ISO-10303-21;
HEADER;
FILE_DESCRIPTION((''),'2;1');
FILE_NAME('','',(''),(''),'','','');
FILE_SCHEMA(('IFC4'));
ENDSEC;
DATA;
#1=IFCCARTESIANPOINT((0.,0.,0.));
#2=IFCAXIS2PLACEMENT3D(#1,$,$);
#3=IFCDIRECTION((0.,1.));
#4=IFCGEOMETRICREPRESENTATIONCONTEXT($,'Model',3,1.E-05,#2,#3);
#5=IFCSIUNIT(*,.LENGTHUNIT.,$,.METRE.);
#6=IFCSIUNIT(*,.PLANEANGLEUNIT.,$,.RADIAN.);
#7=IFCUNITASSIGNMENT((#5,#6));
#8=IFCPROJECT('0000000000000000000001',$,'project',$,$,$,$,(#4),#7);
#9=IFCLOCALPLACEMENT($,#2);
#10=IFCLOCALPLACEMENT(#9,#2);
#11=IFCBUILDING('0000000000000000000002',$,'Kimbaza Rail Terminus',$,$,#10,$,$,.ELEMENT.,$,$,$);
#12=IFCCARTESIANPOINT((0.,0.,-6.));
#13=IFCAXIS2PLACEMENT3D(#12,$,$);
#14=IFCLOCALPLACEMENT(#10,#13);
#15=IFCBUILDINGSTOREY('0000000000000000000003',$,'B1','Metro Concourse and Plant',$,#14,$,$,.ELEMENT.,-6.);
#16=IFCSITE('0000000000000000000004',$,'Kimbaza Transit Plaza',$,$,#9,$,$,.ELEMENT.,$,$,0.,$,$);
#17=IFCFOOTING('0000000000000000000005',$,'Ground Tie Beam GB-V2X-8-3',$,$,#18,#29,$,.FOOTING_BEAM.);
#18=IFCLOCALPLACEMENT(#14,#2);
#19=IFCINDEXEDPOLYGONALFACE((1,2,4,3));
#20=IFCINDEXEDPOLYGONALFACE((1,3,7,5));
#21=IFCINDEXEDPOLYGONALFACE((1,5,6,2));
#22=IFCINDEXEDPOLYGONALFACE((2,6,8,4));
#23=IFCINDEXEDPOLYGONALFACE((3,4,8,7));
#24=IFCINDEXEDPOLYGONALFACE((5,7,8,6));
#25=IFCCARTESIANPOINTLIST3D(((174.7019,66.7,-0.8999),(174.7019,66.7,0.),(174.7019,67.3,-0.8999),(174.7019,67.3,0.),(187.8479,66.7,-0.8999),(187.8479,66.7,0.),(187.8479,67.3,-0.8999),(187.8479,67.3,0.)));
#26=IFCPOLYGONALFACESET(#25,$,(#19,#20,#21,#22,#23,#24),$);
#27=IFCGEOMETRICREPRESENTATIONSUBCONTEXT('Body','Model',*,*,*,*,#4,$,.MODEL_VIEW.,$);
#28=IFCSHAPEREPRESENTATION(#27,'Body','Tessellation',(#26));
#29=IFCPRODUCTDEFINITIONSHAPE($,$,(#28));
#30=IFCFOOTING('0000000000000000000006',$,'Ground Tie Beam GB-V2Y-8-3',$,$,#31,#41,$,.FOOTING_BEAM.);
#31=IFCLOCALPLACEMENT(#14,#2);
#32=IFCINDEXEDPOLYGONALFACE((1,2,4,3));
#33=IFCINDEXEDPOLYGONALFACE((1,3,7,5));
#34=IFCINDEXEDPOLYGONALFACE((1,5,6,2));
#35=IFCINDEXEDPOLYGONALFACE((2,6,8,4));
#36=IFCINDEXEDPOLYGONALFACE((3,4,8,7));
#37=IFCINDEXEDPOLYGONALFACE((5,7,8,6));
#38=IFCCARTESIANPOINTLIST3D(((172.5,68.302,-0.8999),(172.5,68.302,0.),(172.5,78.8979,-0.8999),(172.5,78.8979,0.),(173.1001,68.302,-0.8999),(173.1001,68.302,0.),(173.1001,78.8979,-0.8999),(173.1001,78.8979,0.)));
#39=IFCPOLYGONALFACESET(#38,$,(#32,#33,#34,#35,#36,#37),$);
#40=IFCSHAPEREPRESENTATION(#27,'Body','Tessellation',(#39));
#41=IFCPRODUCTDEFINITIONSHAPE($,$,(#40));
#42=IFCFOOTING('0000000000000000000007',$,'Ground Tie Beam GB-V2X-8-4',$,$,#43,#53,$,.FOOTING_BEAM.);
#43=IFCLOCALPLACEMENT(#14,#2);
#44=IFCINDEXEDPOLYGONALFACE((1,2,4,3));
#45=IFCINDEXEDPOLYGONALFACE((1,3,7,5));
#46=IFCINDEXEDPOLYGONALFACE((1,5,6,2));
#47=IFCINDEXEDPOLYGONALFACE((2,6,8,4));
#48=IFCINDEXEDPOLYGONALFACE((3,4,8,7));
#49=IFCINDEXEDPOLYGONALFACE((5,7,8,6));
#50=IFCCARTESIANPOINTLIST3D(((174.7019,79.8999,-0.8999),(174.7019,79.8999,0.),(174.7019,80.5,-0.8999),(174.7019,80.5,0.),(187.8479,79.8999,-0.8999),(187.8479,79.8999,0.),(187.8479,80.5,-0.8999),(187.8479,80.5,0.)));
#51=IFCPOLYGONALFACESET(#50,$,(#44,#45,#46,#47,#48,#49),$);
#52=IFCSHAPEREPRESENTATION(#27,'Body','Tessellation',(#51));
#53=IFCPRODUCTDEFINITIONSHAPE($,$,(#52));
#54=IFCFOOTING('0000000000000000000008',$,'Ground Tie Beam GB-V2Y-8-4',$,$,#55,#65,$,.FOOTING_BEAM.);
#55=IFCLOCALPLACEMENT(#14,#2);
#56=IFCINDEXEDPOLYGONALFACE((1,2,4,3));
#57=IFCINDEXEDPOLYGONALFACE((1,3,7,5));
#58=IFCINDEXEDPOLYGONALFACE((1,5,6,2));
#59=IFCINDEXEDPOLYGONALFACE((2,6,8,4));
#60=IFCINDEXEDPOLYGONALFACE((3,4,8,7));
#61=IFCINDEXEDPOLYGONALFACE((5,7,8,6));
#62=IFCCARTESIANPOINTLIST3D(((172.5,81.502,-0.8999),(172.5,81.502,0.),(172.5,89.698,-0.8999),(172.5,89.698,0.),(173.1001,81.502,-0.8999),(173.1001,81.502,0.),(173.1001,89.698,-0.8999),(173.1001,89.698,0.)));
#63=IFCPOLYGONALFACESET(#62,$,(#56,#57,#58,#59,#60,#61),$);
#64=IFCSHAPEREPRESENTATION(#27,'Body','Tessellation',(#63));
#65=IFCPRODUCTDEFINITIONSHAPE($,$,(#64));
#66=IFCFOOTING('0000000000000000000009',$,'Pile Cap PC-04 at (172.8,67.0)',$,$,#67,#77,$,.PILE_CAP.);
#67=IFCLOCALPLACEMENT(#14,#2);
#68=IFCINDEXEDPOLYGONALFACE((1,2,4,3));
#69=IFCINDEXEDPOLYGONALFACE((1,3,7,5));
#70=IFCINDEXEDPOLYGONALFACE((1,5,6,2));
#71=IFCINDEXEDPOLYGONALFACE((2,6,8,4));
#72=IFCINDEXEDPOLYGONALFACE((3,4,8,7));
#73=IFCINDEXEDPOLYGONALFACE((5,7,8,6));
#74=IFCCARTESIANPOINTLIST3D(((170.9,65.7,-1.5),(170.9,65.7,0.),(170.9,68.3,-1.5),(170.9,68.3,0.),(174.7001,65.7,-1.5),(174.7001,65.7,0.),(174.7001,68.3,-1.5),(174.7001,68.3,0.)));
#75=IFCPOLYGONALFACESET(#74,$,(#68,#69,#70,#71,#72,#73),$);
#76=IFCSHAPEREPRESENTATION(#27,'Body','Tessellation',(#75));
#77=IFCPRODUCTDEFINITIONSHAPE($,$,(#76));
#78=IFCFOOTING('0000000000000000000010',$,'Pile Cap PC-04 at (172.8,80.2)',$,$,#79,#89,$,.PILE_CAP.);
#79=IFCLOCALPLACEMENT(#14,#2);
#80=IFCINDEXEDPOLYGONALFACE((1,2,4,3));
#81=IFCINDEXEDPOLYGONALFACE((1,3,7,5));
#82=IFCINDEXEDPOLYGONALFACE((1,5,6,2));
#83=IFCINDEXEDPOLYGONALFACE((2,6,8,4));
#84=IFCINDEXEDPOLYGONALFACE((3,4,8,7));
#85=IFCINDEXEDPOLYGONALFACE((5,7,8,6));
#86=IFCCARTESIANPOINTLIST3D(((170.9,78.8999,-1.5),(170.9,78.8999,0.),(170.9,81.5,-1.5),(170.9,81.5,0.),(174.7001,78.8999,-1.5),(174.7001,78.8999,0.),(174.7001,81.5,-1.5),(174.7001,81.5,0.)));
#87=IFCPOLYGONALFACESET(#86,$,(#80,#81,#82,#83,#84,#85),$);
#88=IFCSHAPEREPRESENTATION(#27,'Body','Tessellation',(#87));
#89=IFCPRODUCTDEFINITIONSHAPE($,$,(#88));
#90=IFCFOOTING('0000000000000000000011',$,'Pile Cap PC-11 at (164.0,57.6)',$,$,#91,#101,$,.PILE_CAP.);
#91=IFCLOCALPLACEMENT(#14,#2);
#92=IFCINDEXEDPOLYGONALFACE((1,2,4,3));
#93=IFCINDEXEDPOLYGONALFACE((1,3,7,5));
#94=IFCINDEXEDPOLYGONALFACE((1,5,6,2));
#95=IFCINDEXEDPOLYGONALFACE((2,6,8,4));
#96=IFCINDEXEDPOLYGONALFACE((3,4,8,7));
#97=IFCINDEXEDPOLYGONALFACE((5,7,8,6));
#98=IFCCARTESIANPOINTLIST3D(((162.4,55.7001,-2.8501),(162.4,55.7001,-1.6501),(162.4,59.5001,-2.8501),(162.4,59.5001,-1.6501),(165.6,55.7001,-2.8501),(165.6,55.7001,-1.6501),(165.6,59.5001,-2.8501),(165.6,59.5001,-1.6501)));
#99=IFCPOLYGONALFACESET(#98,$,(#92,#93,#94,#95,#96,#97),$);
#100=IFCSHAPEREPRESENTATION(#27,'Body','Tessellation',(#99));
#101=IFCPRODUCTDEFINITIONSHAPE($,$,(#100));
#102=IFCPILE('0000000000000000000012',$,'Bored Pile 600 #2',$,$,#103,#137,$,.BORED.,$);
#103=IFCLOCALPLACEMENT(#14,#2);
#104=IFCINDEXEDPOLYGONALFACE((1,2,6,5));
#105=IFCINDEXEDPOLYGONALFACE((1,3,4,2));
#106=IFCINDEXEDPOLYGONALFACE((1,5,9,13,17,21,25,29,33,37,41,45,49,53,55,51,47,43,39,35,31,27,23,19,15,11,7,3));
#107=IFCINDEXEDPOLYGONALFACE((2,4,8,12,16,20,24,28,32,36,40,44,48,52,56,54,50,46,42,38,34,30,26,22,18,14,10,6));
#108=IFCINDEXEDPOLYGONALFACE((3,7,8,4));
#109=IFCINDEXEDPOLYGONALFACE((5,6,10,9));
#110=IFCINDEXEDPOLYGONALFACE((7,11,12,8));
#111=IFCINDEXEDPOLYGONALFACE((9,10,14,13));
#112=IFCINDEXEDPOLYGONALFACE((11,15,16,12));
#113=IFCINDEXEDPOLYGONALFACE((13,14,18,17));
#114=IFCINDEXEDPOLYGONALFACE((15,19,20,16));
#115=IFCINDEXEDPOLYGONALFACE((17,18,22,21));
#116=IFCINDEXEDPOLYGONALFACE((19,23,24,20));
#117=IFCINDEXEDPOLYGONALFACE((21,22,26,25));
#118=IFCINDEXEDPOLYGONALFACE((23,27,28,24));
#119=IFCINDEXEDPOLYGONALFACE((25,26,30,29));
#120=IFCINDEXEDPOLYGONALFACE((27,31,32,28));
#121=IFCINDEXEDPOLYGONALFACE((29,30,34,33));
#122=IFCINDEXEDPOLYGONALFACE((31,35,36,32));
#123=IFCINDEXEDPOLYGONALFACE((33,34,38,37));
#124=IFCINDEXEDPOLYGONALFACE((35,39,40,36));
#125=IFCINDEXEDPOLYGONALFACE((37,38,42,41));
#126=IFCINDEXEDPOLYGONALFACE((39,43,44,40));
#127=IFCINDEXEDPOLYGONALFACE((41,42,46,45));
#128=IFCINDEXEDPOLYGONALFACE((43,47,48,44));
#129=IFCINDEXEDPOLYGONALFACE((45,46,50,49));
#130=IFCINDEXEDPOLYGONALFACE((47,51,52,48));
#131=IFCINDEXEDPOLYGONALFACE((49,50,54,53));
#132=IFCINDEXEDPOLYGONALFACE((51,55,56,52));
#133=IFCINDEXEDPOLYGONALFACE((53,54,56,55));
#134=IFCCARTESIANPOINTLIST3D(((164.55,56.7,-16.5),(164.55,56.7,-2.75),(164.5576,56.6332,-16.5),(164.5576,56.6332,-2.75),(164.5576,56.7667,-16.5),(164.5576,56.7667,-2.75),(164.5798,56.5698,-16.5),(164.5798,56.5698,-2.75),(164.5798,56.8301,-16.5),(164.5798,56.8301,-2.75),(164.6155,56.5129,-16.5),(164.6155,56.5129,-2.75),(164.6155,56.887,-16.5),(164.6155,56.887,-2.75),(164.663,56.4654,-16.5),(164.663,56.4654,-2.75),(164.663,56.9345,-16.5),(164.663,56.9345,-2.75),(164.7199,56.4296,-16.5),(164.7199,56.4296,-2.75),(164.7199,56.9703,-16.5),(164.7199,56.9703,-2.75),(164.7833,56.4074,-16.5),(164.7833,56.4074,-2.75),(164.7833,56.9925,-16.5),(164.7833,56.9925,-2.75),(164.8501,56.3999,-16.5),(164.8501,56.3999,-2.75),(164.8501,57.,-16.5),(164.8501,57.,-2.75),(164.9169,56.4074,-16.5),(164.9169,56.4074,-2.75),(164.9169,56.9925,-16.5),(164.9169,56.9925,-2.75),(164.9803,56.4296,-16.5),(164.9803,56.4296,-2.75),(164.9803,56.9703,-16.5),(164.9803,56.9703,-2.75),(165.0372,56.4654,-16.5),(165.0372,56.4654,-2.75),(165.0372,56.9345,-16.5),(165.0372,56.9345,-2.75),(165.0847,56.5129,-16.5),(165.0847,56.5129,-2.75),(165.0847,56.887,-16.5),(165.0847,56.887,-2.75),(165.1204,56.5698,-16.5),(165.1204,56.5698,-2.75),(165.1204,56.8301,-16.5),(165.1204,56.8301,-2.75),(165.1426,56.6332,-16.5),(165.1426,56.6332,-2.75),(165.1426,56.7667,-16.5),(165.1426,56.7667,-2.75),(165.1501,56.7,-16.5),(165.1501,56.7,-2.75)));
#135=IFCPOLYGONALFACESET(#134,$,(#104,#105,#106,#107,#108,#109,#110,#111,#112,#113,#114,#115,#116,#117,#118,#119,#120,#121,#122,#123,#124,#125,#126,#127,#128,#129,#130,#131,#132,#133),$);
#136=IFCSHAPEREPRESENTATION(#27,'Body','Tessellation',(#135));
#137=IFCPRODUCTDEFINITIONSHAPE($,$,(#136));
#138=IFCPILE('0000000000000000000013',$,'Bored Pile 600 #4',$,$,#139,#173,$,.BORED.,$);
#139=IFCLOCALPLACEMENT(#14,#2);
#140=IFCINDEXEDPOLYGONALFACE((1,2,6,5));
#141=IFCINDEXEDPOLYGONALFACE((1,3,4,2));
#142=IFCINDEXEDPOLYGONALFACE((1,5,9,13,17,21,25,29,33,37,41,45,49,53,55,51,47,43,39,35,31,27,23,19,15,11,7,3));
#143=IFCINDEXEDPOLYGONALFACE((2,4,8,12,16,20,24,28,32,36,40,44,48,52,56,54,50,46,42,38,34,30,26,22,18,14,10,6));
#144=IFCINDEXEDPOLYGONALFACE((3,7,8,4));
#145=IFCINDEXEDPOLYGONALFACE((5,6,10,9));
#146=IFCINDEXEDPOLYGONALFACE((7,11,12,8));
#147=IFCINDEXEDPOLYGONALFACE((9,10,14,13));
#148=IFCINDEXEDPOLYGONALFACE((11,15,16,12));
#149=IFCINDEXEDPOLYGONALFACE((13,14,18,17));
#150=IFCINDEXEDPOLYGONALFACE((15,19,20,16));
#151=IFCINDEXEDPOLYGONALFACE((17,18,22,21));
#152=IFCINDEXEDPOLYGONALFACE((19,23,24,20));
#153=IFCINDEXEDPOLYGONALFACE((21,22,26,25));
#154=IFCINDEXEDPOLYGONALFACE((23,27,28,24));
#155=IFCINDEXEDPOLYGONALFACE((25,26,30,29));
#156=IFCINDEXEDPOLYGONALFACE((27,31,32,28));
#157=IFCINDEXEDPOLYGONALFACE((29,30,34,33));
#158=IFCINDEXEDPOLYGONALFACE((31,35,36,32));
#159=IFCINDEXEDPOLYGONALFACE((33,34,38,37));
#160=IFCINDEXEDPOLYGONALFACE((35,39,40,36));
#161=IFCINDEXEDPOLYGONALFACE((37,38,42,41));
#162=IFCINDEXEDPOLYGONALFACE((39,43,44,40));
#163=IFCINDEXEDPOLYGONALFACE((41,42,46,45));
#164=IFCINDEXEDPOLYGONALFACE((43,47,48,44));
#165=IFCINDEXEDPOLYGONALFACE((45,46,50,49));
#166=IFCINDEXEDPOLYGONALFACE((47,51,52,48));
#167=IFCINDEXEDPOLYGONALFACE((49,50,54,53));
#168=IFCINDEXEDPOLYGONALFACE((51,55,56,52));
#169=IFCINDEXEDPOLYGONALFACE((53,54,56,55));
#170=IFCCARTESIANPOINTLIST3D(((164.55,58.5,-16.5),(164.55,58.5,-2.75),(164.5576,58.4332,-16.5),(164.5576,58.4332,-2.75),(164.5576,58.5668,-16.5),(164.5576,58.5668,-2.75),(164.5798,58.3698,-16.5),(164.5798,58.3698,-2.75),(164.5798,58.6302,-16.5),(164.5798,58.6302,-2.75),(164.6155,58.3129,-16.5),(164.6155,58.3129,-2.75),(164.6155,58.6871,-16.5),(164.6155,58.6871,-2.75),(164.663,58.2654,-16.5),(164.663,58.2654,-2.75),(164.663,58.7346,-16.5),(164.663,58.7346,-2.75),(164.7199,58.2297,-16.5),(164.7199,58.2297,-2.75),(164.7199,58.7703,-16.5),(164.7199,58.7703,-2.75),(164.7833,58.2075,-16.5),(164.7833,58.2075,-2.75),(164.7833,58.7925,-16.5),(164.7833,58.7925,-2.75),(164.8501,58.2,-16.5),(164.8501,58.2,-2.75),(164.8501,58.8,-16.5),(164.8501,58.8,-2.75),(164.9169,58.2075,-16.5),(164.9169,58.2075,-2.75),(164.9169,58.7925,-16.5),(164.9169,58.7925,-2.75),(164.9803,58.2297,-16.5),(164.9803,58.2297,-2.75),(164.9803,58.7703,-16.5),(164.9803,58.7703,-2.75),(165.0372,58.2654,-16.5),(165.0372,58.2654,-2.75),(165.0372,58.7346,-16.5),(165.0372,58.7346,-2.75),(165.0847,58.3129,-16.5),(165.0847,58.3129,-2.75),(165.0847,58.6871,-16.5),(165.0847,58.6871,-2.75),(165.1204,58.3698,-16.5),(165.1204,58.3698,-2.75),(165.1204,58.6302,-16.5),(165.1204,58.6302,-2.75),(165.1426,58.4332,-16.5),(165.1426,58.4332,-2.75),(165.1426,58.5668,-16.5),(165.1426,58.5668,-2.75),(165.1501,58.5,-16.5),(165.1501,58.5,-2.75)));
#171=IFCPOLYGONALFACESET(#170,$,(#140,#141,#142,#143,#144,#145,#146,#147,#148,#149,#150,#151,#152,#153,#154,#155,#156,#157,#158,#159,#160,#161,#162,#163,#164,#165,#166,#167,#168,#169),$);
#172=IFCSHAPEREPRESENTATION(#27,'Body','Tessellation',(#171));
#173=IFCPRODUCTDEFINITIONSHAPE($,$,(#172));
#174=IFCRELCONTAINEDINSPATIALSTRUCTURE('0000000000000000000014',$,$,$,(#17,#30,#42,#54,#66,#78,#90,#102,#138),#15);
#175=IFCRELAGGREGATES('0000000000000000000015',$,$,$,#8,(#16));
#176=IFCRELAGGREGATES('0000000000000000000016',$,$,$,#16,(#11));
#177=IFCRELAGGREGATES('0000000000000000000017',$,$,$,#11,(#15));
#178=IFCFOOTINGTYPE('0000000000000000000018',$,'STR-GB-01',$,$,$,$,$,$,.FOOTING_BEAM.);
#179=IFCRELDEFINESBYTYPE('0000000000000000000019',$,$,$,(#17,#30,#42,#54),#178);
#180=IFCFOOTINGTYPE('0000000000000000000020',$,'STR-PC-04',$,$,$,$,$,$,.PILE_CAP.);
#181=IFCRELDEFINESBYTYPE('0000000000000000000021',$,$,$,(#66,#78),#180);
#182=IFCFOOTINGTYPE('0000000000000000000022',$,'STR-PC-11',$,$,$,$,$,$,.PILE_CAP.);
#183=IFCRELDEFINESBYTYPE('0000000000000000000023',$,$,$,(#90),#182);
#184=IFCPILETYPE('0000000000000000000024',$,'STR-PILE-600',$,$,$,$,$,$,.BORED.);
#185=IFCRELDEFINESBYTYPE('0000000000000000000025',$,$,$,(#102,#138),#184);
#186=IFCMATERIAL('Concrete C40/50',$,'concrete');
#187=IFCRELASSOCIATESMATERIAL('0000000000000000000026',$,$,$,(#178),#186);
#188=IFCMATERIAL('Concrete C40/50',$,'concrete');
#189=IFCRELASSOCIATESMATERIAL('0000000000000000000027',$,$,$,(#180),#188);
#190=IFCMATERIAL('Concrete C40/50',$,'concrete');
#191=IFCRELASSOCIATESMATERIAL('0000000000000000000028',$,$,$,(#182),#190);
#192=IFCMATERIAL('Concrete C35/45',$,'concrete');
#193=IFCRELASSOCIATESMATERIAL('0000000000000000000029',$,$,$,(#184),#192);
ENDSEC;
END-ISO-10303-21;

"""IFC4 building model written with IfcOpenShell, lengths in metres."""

from ifc_helpers import new_model, si_unit, direction, frame, origin, origin_2d, place, context, subcontext, project, spatial, rectangle, circle, extrude, material, material_profile, profile_set, type_object, element, save


model = new_model("IFC4")

# Units and contexts
model_context = context("Model", 3, precision=1e-05, world=origin(), true_north=direction((0.0, 1.0)))
body_context = subcontext(model_context, "Body", "Model", "MODEL_VIEW")
ifc_project = project(units=[si_unit("LENGTHUNIT", "METRE"), si_unit("PLANEANGLEUNIT", "RADIAN")], contexts=[model_context])

# Site, building, storey
site_placement = place(None, origin())
site = spatial("IfcSite", under=ifc_project, at=site_placement, Name="Kimbaza Transit Plaza", CompositionType="ELEMENT", RefElevation=0.0)
building_placement = place(site_placement, origin())
building = spatial("IfcBuilding", under=site, at=building_placement, Name="Kimbaza Rail Terminus", CompositionType="ELEMENT")
storey_placement = place(building_placement, frame((0.0, 0.0, -6.0)))
storey = spatial("IfcBuildingStorey", under=building, at=storey_placement, Name="B1", Description="Metro Concourse and Plant", CompositionType="ELEMENT", Elevation=-6.0)

# Footings
ifc_material_1 = material(Name="Concrete C40/50", Category="concrete")
ifc_material_profile_1 = material_profile(ifc_material_1, rectangle(XDim=0.6001, YDim=0.8999, at=origin_2d()), Name="GB-01 600x900")
ifc_profile_set_1 = profile_set([ifc_material_profile_1], Name="Concrete C40/50")
footing_type_1 = type_object("IfcFootingType", Name="STR-GB-01", PredefinedType="FOOTING_BEAM", material=ifc_profile_set_1)
footing_1_placement = place(storey_placement, frame((174.7019, 67.0, -0.45), z_axis=(1.0, 0.0, 0.0), x_axis=(0.0, 1.0, 0.0)))
element("IfcFooting", 1, at=footing_1_placement, inside=storey, type_object=footing_type_1, Name="Ground Tie Beam GB-V2X-8-3", PredefinedType="FOOTING_BEAM", context=body_context, shape_type="SweptSolid", body=[
    extrude(rectangle(XDim=0.6001, YDim=0.8999, at=origin_2d()), origin(), (0.0, 0.0, 1.0), 13.146),
])
footing_2_placement = place(storey_placement, frame((172.8, 68.302, -0.45), z_axis=(0.0, 1.0, 0.0), x_axis=(-1.0, 0.0, 0.0)))
element("IfcFooting", 2, at=footing_2_placement, inside=storey, type_object=footing_type_1, Name="Ground Tie Beam GB-V2Y-8-3", PredefinedType="FOOTING_BEAM", context=body_context, shape_type="SweptSolid", body=[
    extrude(rectangle(XDim=0.6001, YDim=0.8999, at=origin_2d()), origin(), (0.0, 0.0, 1.0), 10.5959),
])
footing_3_placement = place(storey_placement, frame((174.7019, 80.2, -0.45), z_axis=(1.0, 0.0, 0.0), x_axis=(0.0, 1.0, 0.0)))
element("IfcFooting", 3, at=footing_3_placement, inside=storey, type_object=footing_type_1, Name="Ground Tie Beam GB-V2X-8-4", PredefinedType="FOOTING_BEAM", context=body_context, shape_type="SweptSolid", body=[
    extrude(rectangle(XDim=0.6001, YDim=0.8999, at=origin_2d()), origin(), (0.0, 0.0, 1.0), 13.146),
])
footing_4_placement = place(storey_placement, frame((172.8, 81.502, -0.45), z_axis=(0.0, 1.0, 0.0), x_axis=(-1.0, 0.0, 0.0)))
element("IfcFooting", 4, at=footing_4_placement, inside=storey, type_object=footing_type_1, Name="Ground Tie Beam GB-V2Y-8-4", PredefinedType="FOOTING_BEAM", context=body_context, shape_type="SweptSolid", body=[
    extrude(rectangle(XDim=0.6001, YDim=0.8999, at=origin_2d()), origin(), (0.0, 0.0, 1.0), 8.196),
])
ifc_material_2 = material(Name="Concrete C40/50", Category="concrete")
footing_type_2 = type_object("IfcFootingType", Name="STR-PC-04", PredefinedType="PILE_CAP", material=ifc_material_2)
for number, where, z_axis, x_axis, name in (
    (5, (172.8, 67.0, -1.5), (0.0, 0.0, 1.0), (1.0, 0.0, 0.0), "Pile Cap PC-04 at (172.8,67.0)"),
    (6, (172.8, 80.2, -1.5), (0.0, 0.0, 1.0), (1.0, 0.0, 0.0), "Pile Cap PC-04 at (172.8,80.2)"),
):
    element("IfcFooting", number, at=place(storey_placement, frame(where, z_axis=z_axis, x_axis=x_axis)), inside=storey, type_object=footing_type_2, Name=name, PredefinedType="PILE_CAP", context=body_context, shape_type="SweptSolid", body=[
        extrude(rectangle(XDim=3.8, YDim=2.6001, at=origin_2d()), origin(), (0.0, 0.0, 1.0), 1.5),
    ])
ifc_material_3 = material(Name="Concrete C40/50", Category="concrete")
footing_type_3 = type_object("IfcFootingType", Name="STR-PC-11", PredefinedType="PILE_CAP", material=ifc_material_3)
footing_5_placement = place(storey_placement, frame((164.0, 57.6001, -2.8501), z_axis=(0.0, 0.0, 1.0), x_axis=(1.0, 0.0, 0.0)))
element("IfcFooting", 7, at=footing_5_placement, inside=storey, type_object=footing_type_3, Name="Pile Cap PC-11 at (164.0,57.6)", PredefinedType="PILE_CAP", context=body_context, shape_type="SweptSolid", body=[
    extrude(rectangle(XDim=3.2, YDim=3.8, at=origin_2d()), origin(), (0.0, 0.0, 1.0), 1.2),
])

# Piles
ifc_material_4 = material(Name="Concrete C35/45", Category="concrete")
ifc_material_profile_2 = material_profile(ifc_material_4, circle(Radius=0.3, at=origin_2d()), Name="BORED PILE 600")
ifc_profile_set_2 = profile_set([ifc_material_profile_2], Name="Concrete C35/45")
pile_type_1 = type_object("IfcPileType", Name="STR-PILE-600", PredefinedType="BORED", material=ifc_profile_set_2)
for number, where, z_axis, x_axis, name in (
    (8, (164.8501, 56.7, -2.75), (0.0, 0.0, -1.0), (1.0, 0.0, 0.0), "Bored Pile 600 #2"),
    (9, (164.8501, 58.5, -2.75), (0.0, 0.0, -1.0), (1.0, 0.0, 0.0), "Bored Pile 600 #4"),
):
    element("IfcPile", number, at=place(storey_placement, frame(where, z_axis=z_axis, x_axis=x_axis)), inside=storey, type_object=pile_type_1, Name=name, PredefinedType="BORED", context=body_context, shape_type="SweptSolid", body=[
        extrude(circle(Radius=0.3, at=origin_2d()), origin(), (0.0, 0.0, 1.0), 13.75),
    ])

save(model, "model.ifc")
